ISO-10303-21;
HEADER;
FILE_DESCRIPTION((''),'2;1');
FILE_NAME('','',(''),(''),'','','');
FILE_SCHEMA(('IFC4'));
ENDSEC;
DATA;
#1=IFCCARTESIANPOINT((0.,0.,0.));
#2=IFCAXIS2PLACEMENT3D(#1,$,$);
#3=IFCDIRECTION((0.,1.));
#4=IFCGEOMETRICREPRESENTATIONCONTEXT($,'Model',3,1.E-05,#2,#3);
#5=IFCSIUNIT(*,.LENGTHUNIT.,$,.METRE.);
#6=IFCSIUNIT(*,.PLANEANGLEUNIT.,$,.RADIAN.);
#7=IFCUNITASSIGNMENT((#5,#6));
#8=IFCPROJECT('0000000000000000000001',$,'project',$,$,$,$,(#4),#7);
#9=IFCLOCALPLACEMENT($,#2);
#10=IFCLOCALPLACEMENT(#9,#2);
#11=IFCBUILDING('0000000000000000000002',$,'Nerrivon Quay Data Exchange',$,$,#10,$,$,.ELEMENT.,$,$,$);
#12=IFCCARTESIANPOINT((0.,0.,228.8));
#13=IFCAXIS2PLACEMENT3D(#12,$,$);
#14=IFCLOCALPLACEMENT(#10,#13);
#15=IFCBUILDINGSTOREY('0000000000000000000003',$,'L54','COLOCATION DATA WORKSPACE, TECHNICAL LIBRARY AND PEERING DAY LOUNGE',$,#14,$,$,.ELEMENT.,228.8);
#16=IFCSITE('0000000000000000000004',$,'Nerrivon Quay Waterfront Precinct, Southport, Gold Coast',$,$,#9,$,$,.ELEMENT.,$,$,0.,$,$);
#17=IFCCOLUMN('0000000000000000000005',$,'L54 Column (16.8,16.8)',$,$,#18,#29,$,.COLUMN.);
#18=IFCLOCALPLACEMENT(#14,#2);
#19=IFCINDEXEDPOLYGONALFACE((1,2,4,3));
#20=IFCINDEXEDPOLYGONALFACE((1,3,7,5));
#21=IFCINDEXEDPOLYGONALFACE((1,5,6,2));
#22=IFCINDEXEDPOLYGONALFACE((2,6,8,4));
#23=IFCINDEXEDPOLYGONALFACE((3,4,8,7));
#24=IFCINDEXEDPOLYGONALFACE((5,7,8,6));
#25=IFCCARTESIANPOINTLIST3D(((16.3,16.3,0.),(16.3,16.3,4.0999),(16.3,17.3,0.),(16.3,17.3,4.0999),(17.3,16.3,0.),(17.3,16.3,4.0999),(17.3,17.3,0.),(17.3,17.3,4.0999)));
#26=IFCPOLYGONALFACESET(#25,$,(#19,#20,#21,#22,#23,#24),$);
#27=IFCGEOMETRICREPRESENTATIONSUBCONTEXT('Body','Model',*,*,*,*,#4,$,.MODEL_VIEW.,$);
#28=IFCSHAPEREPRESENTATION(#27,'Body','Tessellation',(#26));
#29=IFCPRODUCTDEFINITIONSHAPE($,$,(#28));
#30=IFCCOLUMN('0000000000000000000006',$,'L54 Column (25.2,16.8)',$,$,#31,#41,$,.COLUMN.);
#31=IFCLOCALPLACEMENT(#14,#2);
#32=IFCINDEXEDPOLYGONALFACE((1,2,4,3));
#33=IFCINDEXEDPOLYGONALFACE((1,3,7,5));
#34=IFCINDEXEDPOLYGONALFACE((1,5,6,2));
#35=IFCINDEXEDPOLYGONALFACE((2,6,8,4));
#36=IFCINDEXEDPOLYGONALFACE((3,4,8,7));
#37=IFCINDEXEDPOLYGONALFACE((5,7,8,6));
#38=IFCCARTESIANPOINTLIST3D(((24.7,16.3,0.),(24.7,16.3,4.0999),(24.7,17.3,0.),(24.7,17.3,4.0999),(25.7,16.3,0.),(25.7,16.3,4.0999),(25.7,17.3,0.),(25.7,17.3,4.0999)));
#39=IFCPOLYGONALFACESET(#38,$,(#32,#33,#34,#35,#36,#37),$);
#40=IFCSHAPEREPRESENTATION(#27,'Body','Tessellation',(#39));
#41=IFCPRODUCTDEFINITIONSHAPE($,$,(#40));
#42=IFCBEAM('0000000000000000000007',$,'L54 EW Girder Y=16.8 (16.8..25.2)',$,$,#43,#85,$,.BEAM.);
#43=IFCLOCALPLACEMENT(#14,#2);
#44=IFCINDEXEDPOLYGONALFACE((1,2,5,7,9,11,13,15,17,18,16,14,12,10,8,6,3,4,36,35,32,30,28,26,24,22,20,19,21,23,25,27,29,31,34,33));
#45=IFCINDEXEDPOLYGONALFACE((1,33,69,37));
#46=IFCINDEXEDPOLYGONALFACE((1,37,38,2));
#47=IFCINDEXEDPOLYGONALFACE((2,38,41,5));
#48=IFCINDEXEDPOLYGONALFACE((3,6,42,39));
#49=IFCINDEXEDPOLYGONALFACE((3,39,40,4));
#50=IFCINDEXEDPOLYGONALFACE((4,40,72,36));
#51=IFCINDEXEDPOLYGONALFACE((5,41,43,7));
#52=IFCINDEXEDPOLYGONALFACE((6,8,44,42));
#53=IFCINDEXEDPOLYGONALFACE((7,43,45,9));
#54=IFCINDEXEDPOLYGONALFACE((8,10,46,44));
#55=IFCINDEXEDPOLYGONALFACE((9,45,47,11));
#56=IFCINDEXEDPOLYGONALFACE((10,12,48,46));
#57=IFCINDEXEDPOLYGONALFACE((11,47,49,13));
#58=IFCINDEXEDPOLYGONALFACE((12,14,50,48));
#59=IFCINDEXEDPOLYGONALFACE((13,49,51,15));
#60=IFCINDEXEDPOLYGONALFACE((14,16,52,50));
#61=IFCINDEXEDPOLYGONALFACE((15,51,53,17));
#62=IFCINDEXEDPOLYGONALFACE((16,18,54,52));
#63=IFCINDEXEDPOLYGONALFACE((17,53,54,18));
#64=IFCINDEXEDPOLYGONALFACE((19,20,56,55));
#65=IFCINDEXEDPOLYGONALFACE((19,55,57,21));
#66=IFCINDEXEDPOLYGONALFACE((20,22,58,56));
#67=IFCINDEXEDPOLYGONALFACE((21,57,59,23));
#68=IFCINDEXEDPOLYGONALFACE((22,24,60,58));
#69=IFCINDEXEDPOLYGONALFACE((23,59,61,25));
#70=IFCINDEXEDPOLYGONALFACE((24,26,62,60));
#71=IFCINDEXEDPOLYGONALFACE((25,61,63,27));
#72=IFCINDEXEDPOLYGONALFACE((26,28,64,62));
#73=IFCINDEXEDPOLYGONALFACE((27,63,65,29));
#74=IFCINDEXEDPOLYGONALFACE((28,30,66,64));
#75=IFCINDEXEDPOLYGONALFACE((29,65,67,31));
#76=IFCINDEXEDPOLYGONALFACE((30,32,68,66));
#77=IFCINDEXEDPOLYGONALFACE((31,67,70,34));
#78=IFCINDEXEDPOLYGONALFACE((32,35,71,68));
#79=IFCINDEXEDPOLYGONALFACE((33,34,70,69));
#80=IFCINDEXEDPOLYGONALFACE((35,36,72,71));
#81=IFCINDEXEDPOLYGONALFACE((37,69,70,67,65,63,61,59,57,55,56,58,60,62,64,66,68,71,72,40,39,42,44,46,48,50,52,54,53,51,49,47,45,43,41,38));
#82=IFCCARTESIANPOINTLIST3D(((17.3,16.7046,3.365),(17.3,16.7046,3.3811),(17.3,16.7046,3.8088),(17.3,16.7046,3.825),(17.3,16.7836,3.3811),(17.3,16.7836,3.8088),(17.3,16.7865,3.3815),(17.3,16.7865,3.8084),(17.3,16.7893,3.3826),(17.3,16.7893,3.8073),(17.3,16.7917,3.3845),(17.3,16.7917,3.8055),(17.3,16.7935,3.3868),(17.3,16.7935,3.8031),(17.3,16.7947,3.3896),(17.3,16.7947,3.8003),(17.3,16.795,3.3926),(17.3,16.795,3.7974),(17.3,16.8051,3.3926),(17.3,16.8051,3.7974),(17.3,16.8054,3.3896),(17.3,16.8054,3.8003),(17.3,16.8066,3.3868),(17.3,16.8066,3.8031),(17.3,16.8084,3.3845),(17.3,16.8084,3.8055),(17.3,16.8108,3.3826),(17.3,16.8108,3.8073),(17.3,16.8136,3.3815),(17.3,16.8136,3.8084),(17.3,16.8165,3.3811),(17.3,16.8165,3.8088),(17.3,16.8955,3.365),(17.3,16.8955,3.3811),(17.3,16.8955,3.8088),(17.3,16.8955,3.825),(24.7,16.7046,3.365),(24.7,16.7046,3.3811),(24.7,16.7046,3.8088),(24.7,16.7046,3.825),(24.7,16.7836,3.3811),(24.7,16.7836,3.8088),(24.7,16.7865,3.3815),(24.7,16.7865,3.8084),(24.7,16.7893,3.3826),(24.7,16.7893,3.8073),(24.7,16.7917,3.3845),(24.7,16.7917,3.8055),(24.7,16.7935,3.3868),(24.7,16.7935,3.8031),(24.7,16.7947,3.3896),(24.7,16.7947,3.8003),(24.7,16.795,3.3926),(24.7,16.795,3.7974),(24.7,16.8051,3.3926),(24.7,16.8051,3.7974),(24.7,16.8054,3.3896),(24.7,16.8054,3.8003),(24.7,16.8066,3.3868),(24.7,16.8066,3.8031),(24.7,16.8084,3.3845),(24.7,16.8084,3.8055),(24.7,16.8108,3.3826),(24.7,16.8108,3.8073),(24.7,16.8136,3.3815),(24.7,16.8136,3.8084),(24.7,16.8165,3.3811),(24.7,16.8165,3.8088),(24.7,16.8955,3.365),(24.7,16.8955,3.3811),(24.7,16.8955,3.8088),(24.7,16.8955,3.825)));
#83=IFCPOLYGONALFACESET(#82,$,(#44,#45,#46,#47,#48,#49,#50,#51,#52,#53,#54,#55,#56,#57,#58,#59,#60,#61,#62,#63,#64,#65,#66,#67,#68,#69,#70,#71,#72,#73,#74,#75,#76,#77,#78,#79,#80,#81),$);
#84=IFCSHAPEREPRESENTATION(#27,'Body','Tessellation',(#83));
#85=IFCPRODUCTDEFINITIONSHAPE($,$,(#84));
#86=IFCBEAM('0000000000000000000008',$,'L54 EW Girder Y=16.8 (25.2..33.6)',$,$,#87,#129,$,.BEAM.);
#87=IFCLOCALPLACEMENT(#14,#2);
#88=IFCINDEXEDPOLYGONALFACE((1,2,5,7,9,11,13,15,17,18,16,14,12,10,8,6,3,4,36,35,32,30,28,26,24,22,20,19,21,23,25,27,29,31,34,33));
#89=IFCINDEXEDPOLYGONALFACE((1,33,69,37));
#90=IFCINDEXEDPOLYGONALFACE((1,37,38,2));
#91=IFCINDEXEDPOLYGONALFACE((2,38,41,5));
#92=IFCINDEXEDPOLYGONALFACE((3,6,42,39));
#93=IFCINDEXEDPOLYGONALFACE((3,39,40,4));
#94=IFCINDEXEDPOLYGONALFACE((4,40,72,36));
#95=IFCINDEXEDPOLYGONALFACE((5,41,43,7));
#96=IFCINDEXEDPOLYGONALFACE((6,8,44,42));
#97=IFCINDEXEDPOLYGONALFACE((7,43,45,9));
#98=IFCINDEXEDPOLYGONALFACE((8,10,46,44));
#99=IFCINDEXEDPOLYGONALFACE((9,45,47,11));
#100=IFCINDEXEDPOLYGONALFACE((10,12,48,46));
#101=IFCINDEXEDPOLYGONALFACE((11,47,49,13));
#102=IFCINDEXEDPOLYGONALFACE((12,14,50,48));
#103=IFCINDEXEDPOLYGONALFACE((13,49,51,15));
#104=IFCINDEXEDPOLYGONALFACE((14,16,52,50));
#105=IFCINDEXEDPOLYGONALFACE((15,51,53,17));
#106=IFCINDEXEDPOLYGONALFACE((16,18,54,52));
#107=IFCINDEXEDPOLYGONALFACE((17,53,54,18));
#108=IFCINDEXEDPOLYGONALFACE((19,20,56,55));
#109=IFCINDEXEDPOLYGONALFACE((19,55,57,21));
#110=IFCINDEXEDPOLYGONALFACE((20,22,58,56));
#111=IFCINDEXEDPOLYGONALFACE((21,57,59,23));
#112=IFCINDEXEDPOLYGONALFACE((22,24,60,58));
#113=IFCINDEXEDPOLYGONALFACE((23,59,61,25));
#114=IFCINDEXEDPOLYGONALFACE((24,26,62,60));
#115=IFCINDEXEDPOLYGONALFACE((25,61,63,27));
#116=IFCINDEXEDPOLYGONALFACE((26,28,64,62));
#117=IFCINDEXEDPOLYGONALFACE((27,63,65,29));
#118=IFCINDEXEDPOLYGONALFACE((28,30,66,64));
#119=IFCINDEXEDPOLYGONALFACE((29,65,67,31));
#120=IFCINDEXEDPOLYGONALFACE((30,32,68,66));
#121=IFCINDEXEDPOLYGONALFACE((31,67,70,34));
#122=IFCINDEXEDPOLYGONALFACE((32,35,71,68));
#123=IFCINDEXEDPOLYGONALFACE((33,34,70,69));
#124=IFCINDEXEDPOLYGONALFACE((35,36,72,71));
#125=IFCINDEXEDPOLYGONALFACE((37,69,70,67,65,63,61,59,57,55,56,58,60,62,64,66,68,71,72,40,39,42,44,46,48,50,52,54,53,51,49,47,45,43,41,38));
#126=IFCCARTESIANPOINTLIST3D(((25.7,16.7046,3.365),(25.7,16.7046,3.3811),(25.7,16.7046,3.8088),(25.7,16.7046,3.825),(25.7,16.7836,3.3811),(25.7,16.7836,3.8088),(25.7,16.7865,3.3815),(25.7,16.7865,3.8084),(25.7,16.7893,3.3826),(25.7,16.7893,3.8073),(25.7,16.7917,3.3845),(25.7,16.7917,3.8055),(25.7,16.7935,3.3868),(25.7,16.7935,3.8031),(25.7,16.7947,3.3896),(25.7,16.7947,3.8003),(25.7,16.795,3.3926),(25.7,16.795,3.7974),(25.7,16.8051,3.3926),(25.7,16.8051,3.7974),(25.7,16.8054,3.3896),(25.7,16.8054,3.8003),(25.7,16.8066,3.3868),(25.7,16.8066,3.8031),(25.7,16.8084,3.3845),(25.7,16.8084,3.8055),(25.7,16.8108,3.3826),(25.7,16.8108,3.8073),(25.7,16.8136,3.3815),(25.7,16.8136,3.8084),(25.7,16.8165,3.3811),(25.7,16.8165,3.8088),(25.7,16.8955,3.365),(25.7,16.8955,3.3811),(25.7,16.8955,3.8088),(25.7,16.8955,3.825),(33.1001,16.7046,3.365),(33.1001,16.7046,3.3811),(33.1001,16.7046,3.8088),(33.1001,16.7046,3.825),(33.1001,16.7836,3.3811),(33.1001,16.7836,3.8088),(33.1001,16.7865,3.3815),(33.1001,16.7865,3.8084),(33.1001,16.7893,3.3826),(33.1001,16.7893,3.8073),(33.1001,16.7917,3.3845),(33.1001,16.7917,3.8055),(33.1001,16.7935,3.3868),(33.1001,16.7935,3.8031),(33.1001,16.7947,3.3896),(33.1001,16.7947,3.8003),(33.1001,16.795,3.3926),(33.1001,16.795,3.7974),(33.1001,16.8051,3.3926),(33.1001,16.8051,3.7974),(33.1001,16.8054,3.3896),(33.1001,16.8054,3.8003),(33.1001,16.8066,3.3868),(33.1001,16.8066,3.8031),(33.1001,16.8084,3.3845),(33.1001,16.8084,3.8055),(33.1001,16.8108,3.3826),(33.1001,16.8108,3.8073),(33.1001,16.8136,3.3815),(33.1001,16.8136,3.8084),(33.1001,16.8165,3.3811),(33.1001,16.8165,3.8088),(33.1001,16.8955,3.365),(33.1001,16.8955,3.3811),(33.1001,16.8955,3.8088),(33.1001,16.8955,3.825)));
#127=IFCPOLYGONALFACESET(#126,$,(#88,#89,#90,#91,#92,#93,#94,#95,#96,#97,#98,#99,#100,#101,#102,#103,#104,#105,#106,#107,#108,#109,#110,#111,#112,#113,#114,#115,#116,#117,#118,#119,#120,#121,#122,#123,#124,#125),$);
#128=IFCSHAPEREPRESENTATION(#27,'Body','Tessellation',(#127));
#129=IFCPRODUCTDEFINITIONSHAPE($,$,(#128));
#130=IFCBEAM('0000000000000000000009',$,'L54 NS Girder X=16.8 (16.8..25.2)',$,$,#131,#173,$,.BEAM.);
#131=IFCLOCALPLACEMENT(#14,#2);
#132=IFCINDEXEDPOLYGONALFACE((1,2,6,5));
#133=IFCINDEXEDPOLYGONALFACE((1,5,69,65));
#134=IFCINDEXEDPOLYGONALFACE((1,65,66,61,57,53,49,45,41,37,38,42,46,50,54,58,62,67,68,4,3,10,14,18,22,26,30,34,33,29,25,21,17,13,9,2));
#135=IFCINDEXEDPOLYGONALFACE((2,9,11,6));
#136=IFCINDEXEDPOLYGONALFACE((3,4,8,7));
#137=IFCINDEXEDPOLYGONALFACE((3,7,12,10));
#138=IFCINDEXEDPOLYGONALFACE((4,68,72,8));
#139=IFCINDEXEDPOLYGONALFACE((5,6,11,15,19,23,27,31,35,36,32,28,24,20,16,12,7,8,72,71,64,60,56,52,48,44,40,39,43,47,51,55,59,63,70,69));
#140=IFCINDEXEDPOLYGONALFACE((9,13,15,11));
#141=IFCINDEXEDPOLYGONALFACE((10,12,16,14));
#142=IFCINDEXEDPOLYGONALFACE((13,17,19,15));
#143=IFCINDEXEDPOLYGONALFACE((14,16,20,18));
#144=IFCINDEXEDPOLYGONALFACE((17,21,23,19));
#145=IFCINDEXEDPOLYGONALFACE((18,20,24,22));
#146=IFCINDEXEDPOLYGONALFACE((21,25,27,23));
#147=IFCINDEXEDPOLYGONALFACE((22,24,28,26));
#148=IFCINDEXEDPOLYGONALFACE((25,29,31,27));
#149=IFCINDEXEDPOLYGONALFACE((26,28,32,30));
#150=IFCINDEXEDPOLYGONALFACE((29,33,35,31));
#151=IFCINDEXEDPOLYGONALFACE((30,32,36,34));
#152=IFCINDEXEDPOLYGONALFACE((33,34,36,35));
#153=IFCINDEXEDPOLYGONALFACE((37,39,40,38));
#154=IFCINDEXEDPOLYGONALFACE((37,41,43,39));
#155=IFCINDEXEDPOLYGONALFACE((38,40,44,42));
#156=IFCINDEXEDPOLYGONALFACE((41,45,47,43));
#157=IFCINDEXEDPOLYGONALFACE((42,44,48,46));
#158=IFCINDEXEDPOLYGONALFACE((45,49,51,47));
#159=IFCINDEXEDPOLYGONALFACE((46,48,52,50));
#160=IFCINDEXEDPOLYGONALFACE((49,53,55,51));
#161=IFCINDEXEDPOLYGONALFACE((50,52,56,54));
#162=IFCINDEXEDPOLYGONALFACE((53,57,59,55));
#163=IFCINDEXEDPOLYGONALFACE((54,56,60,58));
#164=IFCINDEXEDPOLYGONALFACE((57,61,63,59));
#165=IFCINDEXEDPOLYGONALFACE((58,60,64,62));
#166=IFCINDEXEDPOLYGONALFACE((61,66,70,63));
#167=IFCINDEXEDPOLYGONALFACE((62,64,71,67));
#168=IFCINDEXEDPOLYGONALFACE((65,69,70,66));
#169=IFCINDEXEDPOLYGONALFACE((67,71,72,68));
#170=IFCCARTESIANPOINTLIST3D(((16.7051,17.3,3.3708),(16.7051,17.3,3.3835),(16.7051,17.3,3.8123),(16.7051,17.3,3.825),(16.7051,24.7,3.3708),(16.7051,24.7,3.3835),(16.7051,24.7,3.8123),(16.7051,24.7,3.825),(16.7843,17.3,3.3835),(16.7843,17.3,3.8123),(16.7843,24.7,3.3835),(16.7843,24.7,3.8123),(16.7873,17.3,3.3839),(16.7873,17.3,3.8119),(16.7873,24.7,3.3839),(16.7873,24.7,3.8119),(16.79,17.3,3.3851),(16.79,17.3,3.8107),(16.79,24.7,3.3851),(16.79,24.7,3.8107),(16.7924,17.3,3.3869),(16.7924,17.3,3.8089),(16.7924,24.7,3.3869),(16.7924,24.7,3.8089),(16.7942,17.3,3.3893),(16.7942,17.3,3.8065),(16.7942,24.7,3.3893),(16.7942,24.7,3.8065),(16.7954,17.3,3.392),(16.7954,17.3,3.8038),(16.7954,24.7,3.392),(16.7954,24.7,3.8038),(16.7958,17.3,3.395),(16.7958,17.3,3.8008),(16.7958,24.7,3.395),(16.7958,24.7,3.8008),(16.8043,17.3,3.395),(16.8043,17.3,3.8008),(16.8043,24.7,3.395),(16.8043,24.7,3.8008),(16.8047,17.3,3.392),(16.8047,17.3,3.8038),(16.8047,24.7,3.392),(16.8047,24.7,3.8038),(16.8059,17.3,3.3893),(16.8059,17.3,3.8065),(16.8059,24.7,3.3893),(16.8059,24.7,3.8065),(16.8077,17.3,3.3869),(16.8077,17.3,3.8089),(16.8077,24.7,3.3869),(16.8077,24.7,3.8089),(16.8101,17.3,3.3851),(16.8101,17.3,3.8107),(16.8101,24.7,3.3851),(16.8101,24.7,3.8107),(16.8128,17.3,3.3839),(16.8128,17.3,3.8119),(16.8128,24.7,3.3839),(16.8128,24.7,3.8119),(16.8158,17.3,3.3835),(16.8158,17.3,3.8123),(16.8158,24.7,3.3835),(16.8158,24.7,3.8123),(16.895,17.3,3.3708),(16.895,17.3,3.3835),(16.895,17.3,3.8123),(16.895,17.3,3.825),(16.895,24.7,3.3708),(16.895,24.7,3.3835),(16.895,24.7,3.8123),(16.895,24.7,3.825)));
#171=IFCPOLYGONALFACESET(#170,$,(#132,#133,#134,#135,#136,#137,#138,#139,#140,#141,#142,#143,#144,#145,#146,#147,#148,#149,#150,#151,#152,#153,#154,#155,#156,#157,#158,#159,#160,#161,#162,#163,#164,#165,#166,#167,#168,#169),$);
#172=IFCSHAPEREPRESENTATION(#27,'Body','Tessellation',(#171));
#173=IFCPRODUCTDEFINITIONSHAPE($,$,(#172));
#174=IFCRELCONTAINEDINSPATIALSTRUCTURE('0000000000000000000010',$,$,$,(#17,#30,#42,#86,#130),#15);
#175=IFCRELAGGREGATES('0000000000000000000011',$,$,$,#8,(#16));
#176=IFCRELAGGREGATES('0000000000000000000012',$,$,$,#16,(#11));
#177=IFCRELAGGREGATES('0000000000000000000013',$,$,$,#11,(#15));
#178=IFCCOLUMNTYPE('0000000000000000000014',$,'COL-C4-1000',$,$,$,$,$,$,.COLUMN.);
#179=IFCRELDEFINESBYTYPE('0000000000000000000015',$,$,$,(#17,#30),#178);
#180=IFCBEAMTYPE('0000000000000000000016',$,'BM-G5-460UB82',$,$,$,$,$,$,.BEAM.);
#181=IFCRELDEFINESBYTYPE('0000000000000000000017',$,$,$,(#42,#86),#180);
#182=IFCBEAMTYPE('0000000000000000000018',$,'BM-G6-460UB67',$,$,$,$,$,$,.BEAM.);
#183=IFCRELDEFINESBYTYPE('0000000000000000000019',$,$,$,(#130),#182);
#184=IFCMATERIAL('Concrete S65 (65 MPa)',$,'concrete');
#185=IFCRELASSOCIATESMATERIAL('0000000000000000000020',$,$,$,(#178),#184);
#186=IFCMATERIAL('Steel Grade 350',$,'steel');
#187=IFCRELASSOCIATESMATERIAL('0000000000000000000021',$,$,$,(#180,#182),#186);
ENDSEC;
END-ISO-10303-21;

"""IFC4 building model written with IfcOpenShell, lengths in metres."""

from ifc_helpers import new_model, si_unit, direction, frame, origin, origin_2d, place, context, subcontext, project, spatial, rectangle, i_section, extrude, material, material_profile, profile_set, type_object, element, save


model = new_model("IFC4")

# Units and contexts
model_context = context("Model", 3, precision=1e-05, world=origin(), true_north=direction((0.0, 1.0)))
body_context = subcontext(model_context, "Body", "Model", "MODEL_VIEW")
ifc_project = project(units=[si_unit("LENGTHUNIT", "METRE"), si_unit("PLANEANGLEUNIT", "RADIAN")], contexts=[model_context])

# Site, building, storey
site_placement = place(None, origin())
site = spatial("IfcSite", under=ifc_project, at=site_placement, Name="Nerrivon Quay Waterfront Precinct, Southport, Gold Coast", CompositionType="ELEMENT", RefElevation=0.0)
building_placement = place(site_placement, origin())
building = spatial("IfcBuilding", under=site, at=building_placement, Name="Nerrivon Quay Data Exchange", CompositionType="ELEMENT")
storey_placement = place(building_placement, frame((0.0, 0.0, 228.8)))
storey = spatial("IfcBuildingStorey", under=building, at=storey_placement, Name="L54", Description="COLOCATION DATA WORKSPACE, TECHNICAL LIBRARY AND PEERING DAY LOUNGE", CompositionType="ELEMENT", Elevation=228.8)

# Columns
ifc_material_1 = material(Name="Concrete S65 (65 MPa)", Category="concrete")
ifc_material_profile_1 = material_profile(ifc_material_1, rectangle(XDim=1.0, YDim=1.0, at=origin_2d()), Name="RC-COL-1000x1000")
ifc_profile_set_1 = profile_set([ifc_material_profile_1], Name="Concrete S65 (65 MPa)")
column_type = type_object("IfcColumnType", Name="COL-C4-1000", PredefinedType="COLUMN", material=ifc_profile_set_1)
for number, where, z_axis, x_axis, name in (
    (1, (16.8, 16.8, 0.0), (0.0, 0.0, 1.0), (1.0, 0.0, 0.0), "L54 Column (16.8,16.8)"),
    (2, (25.2, 16.8, 0.0), (0.0, 0.0, 1.0), (1.0, 0.0, 0.0), "L54 Column (25.2,16.8)"),
):
    element("IfcColumn", number, at=place(storey_placement, frame(where, z_axis=z_axis, x_axis=x_axis)), inside=storey, type_object=column_type, Name=name, PredefinedType="COLUMN", context=body_context, shape_type="SweptSolid", body=[
        extrude(rectangle(XDim=1.0, YDim=1.0, at=origin_2d()), origin(), (0.0, 0.0, 1.0), 4.0999),
    ])

# Beams
ifc_material_2 = material(Name="Steel Grade 350", Category="steel")
ifc_material_profile_2 = material_profile(ifc_material_2, i_section(OverallWidth=0.1909, OverallDepth=0.46, WebThickness=0.01, FlangeThickness=0.0161, FilletRadius=0.0115, at=origin_2d()), Name="460UB82.1")
ifc_profile_set_2 = profile_set([ifc_material_profile_2], Name="Steel Grade 350")
beam_type_1 = type_object("IfcBeamType", Name="BM-G5-460UB82", PredefinedType="BEAM", material=ifc_profile_set_2)
beam_1_placement = place(storey_placement, frame((17.3, 16.8, 3.595), z_axis=(1.0, 0.0, 0.0), x_axis=(0.0, 1.0, 0.0)))
element("IfcBeam", 3, at=beam_1_placement, inside=storey, type_object=beam_type_1, Name="L54 EW Girder Y=16.8 (16.8..25.2)", PredefinedType="BEAM", context=body_context, shape_type="SweptSolid", body=[
    extrude(i_section(OverallWidth=0.1909, OverallDepth=0.46, WebThickness=0.01, FlangeThickness=0.0161, FilletRadius=0.0115, at=origin_2d()), origin(), (0.0, 0.0, 1.0), 7.3999),
])
beam_2_placement = place(storey_placement, frame((25.7, 16.8, 3.595), z_axis=(1.0, 0.0, 0.0), x_axis=(0.0, 1.0, 0.0)))
element("IfcBeam", 4, at=beam_2_placement, inside=storey, type_object=beam_type_1, Name="L54 EW Girder Y=16.8 (25.2..33.6)", PredefinedType="BEAM", context=body_context, shape_type="SweptSolid", body=[
    extrude(i_section(OverallWidth=0.1909, OverallDepth=0.46, WebThickness=0.01, FlangeThickness=0.0161, FilletRadius=0.0115, at=origin_2d()), origin(), (0.0, 0.0, 1.0), 7.4001),
])
ifc_material_profile_3 = material_profile(ifc_material_2, i_section(OverallWidth=0.1899, OverallDepth=0.4541, WebThickness=0.0085, FlangeThickness=0.0127, FilletRadius=0.0115, at=origin_2d()), Name="460UB67.1")
ifc_profile_set_3 = profile_set([ifc_material_profile_3], Name="Steel Grade 350")
beam_type_2 = type_object("IfcBeamType", Name="BM-G6-460UB67", PredefinedType="BEAM", material=ifc_profile_set_3)
beam_3_placement = place(storey_placement, frame((16.8, 17.3, 3.5979), z_axis=(0.0, 1.0, 0.0), x_axis=(-1.0, 0.0, 0.0)))
element("IfcBeam", 5, at=beam_3_placement, inside=storey, type_object=beam_type_2, Name="L54 NS Girder X=16.8 (16.8..25.2)", PredefinedType="BEAM", context=body_context, shape_type="SweptSolid", body=[
    extrude(i_section(OverallWidth=0.1899, OverallDepth=0.4541, WebThickness=0.0085, FlangeThickness=0.0127, FilletRadius=0.0115, at=origin_2d()), origin(), (0.0, 0.0, 1.0), 7.3999),
])

save(model, "model.ifc")
